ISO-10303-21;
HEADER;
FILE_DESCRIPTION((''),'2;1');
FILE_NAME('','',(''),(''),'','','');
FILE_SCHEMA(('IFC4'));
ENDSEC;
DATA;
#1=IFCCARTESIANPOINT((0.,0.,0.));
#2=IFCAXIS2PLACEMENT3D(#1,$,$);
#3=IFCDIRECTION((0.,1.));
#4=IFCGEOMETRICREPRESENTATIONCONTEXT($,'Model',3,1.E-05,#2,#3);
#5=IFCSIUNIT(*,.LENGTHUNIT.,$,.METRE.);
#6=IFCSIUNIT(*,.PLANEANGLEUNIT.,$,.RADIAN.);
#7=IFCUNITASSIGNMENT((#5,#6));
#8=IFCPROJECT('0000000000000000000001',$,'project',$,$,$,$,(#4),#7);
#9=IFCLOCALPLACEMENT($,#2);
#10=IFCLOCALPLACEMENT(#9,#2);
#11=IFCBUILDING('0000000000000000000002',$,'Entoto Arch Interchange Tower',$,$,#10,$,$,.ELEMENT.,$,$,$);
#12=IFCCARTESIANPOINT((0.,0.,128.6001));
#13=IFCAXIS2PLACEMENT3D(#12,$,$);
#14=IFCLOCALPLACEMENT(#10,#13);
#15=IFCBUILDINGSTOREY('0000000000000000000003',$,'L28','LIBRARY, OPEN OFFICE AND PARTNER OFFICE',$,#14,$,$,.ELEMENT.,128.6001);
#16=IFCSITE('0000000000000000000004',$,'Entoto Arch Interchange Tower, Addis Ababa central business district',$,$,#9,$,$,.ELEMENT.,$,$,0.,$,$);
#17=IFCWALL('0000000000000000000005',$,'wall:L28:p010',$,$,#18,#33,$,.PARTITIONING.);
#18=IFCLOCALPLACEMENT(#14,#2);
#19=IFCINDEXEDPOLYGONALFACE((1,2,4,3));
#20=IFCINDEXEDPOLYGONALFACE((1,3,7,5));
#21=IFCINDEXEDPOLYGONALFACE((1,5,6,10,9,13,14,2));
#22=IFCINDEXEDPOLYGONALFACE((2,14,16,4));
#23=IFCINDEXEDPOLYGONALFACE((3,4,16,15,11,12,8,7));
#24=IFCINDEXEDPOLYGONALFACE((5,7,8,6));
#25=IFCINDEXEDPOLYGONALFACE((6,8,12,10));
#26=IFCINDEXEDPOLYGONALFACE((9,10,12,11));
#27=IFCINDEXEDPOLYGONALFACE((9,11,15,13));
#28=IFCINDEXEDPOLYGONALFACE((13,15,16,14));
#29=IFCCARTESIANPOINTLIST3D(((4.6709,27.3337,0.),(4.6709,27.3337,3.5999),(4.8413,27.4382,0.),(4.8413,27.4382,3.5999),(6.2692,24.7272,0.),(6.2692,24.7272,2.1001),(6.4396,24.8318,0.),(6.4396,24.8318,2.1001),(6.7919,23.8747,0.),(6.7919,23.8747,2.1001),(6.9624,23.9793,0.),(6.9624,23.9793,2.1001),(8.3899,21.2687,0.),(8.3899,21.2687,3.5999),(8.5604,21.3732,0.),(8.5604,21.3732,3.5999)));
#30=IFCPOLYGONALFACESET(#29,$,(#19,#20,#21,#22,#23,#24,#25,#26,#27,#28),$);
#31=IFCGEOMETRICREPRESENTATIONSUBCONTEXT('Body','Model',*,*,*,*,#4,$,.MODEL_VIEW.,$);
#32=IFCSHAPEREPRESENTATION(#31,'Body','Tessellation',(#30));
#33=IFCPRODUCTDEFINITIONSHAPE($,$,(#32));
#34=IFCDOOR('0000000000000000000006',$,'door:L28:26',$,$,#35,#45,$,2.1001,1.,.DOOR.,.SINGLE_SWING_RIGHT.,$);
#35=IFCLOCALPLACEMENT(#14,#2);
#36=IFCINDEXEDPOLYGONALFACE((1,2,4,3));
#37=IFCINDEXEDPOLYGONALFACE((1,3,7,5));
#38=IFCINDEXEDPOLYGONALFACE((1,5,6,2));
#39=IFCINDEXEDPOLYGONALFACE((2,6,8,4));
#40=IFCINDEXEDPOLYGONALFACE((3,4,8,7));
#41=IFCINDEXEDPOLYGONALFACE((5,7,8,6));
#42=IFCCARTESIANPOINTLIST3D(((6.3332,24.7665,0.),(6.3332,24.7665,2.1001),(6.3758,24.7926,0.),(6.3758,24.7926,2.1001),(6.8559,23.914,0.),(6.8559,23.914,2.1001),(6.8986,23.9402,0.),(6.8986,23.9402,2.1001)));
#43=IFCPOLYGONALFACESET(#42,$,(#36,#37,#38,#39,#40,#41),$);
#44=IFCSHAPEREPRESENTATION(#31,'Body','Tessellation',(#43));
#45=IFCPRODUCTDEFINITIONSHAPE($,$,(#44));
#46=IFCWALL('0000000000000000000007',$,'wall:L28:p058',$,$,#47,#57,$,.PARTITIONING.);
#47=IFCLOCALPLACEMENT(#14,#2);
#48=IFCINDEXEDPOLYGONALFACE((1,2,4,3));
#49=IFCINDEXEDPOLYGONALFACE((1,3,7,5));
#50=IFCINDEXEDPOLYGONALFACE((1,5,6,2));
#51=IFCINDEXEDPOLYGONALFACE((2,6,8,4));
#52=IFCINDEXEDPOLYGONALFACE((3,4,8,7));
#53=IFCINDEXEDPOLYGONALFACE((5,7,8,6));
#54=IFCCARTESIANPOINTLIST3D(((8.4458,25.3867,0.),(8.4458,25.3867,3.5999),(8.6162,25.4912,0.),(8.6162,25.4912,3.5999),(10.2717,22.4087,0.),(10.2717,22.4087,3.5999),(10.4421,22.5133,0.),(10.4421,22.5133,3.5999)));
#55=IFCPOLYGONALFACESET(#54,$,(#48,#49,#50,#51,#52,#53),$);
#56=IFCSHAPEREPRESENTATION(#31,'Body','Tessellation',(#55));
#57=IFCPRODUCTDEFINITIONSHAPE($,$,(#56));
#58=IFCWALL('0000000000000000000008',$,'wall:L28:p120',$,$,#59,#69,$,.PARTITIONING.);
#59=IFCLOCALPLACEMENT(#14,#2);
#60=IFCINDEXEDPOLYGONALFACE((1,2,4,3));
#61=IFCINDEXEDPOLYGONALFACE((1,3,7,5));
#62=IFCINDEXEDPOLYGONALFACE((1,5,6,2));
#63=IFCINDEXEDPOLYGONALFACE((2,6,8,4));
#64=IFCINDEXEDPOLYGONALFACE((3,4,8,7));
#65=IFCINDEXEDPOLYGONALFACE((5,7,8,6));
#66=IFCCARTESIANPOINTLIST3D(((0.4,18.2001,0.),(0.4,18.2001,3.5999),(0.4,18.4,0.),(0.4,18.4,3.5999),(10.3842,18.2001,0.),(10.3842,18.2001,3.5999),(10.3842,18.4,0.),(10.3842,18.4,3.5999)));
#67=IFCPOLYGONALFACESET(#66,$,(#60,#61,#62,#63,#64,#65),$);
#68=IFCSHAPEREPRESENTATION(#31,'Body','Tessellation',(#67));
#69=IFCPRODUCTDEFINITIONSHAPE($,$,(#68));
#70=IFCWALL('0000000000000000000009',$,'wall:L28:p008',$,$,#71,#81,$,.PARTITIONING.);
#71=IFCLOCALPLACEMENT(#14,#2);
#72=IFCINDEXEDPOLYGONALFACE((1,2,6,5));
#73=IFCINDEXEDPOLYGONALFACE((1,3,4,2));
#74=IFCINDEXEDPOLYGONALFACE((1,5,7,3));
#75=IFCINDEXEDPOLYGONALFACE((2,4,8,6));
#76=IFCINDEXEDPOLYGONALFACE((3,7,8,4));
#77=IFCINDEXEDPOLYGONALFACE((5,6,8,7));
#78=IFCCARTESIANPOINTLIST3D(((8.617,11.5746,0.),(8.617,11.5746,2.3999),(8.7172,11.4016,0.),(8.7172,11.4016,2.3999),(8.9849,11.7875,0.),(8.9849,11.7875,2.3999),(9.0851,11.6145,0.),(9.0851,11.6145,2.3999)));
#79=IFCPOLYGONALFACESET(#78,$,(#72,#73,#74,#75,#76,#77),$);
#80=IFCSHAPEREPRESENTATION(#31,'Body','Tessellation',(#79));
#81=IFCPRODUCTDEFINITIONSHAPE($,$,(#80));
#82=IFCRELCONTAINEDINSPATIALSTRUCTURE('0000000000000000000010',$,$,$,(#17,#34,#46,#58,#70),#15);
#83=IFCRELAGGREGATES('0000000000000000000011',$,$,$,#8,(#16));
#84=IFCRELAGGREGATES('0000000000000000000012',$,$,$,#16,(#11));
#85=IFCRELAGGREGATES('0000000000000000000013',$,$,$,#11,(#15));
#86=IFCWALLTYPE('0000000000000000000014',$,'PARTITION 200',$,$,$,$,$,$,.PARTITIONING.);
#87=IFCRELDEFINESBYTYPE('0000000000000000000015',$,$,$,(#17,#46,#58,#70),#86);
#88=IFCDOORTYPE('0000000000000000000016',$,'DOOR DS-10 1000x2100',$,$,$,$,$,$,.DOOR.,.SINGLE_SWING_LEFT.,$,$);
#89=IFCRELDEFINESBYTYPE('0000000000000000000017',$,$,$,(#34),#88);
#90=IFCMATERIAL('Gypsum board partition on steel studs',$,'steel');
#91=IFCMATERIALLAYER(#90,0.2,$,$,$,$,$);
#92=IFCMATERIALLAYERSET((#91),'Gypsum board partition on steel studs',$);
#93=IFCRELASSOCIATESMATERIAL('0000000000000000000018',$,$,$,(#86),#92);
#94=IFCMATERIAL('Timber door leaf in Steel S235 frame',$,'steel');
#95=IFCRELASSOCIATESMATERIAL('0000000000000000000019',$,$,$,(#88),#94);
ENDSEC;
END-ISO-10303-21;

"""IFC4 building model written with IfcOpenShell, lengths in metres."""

from ifc_helpers import new_model, si_unit, direction, frame, frame_2d, origin, place, context, subcontext, project, spatial, rectangle, extrude, material, layer, layer_set, type_object, element, fill, save


model = new_model("IFC4")

# Units and contexts
model_context = context("Model", 3, precision=1e-05, world=origin(), true_north=direction((0.0, 1.0)))
body_context = subcontext(model_context, "Body", "Model", "MODEL_VIEW")
ifc_project = project(units=[si_unit("LENGTHUNIT", "METRE"), si_unit("PLANEANGLEUNIT", "RADIAN")], contexts=[model_context])

# Site, building, storey
site_placement = place(None, origin())
site = spatial("IfcSite", under=ifc_project, at=site_placement, Name="Entoto Arch Interchange Tower, Addis Ababa central business district", CompositionType="ELEMENT", RefElevation=0.0)
building_placement = place(site_placement, origin())
building = spatial("IfcBuilding", under=site, at=building_placement, Name="Entoto Arch Interchange Tower", CompositionType="ELEMENT")
storey_placement = place(building_placement, frame((0.0, 0.0, 128.6001)))
storey = spatial("IfcBuildingStorey", under=building, at=storey_placement, Name="L28", Description="LIBRARY, OPEN OFFICE AND PARTNER OFFICE", CompositionType="ELEMENT", Elevation=128.6001)

# Shared definitions
ifc_material_1 = material(Name="Gypsum board partition on steel studs", Category="steel")
ifc_layer_1 = layer(ifc_material_1, 0.2)
ifc_layer_set_1 = layer_set([ifc_layer_1], Name="Gypsum board partition on steel studs")
wall_type_1 = type_object("IfcWallType", Name="PARTITION 200", PredefinedType="PARTITIONING", material=ifc_layer_set_1)

# Wall, opening, door
wall_1_placement = place(storey_placement, frame((8.4751, 21.321, 0.0), z_axis=(0.0, 0.0, 1.0), x_axis=(-0.522743, 0.85249, 0.0)))
wall_1 = element("IfcWall", 1, at=wall_1_placement, inside=storey, type_object=wall_type_1, Name="wall:L28:p010", PredefinedType="PARTITIONING", context=body_context, shape_type="SweptSolid", body=[
    extrude(rectangle(XDim=7.1145, YDim=0.2, at=frame_2d((3.5571, 0.0))), origin(), (0.0, 0.0, 1.0), 3.5999),
])
opening_1_placement = place(wall_1_placement, frame((3.0569, 0.0, 0.0)))
opening_1 = element("IfcOpeningElement", 2, at=opening_1_placement, cuts=wall_1, PredefinedType="OPENING", context=body_context, shape_type="SweptSolid", body=[
    extrude(rectangle(XDim=1.0, YDim=2.1001, at=frame_2d((0.5, 1.05))), frame((0.0, 0.1099, 0.0), z_axis=(0.0, -1.0, 0.0), x_axis=(1.0, 0.0, 0.0)), (0.0, 0.0, 1.0), 0.22),
])
ifc_material_2 = material(Name="Timber door leaf in Steel S235 frame", Category="steel")
door_type_1 = type_object("IfcDoorType", Name="DOOR DS-10 1000x2100", OperationType="SINGLE_SWING_LEFT", PredefinedType="DOOR", material=ifc_material_2)
door_1_placement = place(opening_1_placement, origin())
door_1 = element("IfcDoor", 3, at=door_1_placement, inside=storey, type_object=door_type_1, Name="door:L28:26", OperationType="SINGLE_SWING_RIGHT", OverallHeight=2.1001, OverallWidth=1.0, PredefinedType="DOOR", context=body_context, shape_type="SweptSolid", body=[
    extrude(rectangle(XDim=1.0, YDim=2.1001, at=frame_2d((0.5, 1.05))), frame((0.0, 0.0249, 0.0), z_axis=(0.0, -1.0, 0.0), x_axis=(1.0, 0.0, 0.0)), (0.0, 0.0, 1.0), 0.05),
])
fill(opening_1, door_1)

# Walls
wall_2_placement = place(storey_placement, frame((8.531, 25.439, 0.0), z_axis=(0.0, 0.0, 1.0), x_axis=(0.522705, -0.852514, 0.0)))
element("IfcWall", 4, at=wall_2_placement, inside=storey, type_object=wall_type_1, Name="wall:L28:p058", PredefinedType="PARTITIONING", context=body_context, shape_type="SweptSolid", body=[
    extrude(rectangle(XDim=3.4932, YDim=0.2, at=frame_2d((1.7466, 0.0))), origin(), (0.0, 0.0, 1.0), 3.5999),
])
wall_3_placement = place(storey_placement, frame((0.3999, 18.3, 0.0), z_axis=(0.0, 0.0, 1.0), x_axis=(1.0, 0.0, 0.0)))
element("IfcWall", 5, at=wall_3_placement, inside=storey, type_object=wall_type_1, Name="wall:L28:p120", PredefinedType="PARTITIONING", context=body_context, shape_type="SweptSolid", body=[
    extrude(rectangle(XDim=9.9841, YDim=0.2, at=frame_2d((4.9922, 0.0))), origin(), (0.0, 0.0, 1.0), 3.5999),
])
wall_4_placement = place(storey_placement, frame((9.0349, 11.7009, 0.0), z_axis=(0.0, 0.0, 1.0), x_axis=(-0.865544, -0.500832, 0.0)))
element("IfcWall", 6, at=wall_4_placement, inside=storey, type_object=wall_type_1, Name="wall:L28:p008", PredefinedType="PARTITIONING", context=body_context, shape_type="SweptSolid", body=[
    extrude(rectangle(XDim=0.425, YDim=0.2, at=frame_2d((0.2124, 0.0))), origin(), (0.0, 0.0, 1.0), 2.3999),
])

save(model, "model.ifc")
